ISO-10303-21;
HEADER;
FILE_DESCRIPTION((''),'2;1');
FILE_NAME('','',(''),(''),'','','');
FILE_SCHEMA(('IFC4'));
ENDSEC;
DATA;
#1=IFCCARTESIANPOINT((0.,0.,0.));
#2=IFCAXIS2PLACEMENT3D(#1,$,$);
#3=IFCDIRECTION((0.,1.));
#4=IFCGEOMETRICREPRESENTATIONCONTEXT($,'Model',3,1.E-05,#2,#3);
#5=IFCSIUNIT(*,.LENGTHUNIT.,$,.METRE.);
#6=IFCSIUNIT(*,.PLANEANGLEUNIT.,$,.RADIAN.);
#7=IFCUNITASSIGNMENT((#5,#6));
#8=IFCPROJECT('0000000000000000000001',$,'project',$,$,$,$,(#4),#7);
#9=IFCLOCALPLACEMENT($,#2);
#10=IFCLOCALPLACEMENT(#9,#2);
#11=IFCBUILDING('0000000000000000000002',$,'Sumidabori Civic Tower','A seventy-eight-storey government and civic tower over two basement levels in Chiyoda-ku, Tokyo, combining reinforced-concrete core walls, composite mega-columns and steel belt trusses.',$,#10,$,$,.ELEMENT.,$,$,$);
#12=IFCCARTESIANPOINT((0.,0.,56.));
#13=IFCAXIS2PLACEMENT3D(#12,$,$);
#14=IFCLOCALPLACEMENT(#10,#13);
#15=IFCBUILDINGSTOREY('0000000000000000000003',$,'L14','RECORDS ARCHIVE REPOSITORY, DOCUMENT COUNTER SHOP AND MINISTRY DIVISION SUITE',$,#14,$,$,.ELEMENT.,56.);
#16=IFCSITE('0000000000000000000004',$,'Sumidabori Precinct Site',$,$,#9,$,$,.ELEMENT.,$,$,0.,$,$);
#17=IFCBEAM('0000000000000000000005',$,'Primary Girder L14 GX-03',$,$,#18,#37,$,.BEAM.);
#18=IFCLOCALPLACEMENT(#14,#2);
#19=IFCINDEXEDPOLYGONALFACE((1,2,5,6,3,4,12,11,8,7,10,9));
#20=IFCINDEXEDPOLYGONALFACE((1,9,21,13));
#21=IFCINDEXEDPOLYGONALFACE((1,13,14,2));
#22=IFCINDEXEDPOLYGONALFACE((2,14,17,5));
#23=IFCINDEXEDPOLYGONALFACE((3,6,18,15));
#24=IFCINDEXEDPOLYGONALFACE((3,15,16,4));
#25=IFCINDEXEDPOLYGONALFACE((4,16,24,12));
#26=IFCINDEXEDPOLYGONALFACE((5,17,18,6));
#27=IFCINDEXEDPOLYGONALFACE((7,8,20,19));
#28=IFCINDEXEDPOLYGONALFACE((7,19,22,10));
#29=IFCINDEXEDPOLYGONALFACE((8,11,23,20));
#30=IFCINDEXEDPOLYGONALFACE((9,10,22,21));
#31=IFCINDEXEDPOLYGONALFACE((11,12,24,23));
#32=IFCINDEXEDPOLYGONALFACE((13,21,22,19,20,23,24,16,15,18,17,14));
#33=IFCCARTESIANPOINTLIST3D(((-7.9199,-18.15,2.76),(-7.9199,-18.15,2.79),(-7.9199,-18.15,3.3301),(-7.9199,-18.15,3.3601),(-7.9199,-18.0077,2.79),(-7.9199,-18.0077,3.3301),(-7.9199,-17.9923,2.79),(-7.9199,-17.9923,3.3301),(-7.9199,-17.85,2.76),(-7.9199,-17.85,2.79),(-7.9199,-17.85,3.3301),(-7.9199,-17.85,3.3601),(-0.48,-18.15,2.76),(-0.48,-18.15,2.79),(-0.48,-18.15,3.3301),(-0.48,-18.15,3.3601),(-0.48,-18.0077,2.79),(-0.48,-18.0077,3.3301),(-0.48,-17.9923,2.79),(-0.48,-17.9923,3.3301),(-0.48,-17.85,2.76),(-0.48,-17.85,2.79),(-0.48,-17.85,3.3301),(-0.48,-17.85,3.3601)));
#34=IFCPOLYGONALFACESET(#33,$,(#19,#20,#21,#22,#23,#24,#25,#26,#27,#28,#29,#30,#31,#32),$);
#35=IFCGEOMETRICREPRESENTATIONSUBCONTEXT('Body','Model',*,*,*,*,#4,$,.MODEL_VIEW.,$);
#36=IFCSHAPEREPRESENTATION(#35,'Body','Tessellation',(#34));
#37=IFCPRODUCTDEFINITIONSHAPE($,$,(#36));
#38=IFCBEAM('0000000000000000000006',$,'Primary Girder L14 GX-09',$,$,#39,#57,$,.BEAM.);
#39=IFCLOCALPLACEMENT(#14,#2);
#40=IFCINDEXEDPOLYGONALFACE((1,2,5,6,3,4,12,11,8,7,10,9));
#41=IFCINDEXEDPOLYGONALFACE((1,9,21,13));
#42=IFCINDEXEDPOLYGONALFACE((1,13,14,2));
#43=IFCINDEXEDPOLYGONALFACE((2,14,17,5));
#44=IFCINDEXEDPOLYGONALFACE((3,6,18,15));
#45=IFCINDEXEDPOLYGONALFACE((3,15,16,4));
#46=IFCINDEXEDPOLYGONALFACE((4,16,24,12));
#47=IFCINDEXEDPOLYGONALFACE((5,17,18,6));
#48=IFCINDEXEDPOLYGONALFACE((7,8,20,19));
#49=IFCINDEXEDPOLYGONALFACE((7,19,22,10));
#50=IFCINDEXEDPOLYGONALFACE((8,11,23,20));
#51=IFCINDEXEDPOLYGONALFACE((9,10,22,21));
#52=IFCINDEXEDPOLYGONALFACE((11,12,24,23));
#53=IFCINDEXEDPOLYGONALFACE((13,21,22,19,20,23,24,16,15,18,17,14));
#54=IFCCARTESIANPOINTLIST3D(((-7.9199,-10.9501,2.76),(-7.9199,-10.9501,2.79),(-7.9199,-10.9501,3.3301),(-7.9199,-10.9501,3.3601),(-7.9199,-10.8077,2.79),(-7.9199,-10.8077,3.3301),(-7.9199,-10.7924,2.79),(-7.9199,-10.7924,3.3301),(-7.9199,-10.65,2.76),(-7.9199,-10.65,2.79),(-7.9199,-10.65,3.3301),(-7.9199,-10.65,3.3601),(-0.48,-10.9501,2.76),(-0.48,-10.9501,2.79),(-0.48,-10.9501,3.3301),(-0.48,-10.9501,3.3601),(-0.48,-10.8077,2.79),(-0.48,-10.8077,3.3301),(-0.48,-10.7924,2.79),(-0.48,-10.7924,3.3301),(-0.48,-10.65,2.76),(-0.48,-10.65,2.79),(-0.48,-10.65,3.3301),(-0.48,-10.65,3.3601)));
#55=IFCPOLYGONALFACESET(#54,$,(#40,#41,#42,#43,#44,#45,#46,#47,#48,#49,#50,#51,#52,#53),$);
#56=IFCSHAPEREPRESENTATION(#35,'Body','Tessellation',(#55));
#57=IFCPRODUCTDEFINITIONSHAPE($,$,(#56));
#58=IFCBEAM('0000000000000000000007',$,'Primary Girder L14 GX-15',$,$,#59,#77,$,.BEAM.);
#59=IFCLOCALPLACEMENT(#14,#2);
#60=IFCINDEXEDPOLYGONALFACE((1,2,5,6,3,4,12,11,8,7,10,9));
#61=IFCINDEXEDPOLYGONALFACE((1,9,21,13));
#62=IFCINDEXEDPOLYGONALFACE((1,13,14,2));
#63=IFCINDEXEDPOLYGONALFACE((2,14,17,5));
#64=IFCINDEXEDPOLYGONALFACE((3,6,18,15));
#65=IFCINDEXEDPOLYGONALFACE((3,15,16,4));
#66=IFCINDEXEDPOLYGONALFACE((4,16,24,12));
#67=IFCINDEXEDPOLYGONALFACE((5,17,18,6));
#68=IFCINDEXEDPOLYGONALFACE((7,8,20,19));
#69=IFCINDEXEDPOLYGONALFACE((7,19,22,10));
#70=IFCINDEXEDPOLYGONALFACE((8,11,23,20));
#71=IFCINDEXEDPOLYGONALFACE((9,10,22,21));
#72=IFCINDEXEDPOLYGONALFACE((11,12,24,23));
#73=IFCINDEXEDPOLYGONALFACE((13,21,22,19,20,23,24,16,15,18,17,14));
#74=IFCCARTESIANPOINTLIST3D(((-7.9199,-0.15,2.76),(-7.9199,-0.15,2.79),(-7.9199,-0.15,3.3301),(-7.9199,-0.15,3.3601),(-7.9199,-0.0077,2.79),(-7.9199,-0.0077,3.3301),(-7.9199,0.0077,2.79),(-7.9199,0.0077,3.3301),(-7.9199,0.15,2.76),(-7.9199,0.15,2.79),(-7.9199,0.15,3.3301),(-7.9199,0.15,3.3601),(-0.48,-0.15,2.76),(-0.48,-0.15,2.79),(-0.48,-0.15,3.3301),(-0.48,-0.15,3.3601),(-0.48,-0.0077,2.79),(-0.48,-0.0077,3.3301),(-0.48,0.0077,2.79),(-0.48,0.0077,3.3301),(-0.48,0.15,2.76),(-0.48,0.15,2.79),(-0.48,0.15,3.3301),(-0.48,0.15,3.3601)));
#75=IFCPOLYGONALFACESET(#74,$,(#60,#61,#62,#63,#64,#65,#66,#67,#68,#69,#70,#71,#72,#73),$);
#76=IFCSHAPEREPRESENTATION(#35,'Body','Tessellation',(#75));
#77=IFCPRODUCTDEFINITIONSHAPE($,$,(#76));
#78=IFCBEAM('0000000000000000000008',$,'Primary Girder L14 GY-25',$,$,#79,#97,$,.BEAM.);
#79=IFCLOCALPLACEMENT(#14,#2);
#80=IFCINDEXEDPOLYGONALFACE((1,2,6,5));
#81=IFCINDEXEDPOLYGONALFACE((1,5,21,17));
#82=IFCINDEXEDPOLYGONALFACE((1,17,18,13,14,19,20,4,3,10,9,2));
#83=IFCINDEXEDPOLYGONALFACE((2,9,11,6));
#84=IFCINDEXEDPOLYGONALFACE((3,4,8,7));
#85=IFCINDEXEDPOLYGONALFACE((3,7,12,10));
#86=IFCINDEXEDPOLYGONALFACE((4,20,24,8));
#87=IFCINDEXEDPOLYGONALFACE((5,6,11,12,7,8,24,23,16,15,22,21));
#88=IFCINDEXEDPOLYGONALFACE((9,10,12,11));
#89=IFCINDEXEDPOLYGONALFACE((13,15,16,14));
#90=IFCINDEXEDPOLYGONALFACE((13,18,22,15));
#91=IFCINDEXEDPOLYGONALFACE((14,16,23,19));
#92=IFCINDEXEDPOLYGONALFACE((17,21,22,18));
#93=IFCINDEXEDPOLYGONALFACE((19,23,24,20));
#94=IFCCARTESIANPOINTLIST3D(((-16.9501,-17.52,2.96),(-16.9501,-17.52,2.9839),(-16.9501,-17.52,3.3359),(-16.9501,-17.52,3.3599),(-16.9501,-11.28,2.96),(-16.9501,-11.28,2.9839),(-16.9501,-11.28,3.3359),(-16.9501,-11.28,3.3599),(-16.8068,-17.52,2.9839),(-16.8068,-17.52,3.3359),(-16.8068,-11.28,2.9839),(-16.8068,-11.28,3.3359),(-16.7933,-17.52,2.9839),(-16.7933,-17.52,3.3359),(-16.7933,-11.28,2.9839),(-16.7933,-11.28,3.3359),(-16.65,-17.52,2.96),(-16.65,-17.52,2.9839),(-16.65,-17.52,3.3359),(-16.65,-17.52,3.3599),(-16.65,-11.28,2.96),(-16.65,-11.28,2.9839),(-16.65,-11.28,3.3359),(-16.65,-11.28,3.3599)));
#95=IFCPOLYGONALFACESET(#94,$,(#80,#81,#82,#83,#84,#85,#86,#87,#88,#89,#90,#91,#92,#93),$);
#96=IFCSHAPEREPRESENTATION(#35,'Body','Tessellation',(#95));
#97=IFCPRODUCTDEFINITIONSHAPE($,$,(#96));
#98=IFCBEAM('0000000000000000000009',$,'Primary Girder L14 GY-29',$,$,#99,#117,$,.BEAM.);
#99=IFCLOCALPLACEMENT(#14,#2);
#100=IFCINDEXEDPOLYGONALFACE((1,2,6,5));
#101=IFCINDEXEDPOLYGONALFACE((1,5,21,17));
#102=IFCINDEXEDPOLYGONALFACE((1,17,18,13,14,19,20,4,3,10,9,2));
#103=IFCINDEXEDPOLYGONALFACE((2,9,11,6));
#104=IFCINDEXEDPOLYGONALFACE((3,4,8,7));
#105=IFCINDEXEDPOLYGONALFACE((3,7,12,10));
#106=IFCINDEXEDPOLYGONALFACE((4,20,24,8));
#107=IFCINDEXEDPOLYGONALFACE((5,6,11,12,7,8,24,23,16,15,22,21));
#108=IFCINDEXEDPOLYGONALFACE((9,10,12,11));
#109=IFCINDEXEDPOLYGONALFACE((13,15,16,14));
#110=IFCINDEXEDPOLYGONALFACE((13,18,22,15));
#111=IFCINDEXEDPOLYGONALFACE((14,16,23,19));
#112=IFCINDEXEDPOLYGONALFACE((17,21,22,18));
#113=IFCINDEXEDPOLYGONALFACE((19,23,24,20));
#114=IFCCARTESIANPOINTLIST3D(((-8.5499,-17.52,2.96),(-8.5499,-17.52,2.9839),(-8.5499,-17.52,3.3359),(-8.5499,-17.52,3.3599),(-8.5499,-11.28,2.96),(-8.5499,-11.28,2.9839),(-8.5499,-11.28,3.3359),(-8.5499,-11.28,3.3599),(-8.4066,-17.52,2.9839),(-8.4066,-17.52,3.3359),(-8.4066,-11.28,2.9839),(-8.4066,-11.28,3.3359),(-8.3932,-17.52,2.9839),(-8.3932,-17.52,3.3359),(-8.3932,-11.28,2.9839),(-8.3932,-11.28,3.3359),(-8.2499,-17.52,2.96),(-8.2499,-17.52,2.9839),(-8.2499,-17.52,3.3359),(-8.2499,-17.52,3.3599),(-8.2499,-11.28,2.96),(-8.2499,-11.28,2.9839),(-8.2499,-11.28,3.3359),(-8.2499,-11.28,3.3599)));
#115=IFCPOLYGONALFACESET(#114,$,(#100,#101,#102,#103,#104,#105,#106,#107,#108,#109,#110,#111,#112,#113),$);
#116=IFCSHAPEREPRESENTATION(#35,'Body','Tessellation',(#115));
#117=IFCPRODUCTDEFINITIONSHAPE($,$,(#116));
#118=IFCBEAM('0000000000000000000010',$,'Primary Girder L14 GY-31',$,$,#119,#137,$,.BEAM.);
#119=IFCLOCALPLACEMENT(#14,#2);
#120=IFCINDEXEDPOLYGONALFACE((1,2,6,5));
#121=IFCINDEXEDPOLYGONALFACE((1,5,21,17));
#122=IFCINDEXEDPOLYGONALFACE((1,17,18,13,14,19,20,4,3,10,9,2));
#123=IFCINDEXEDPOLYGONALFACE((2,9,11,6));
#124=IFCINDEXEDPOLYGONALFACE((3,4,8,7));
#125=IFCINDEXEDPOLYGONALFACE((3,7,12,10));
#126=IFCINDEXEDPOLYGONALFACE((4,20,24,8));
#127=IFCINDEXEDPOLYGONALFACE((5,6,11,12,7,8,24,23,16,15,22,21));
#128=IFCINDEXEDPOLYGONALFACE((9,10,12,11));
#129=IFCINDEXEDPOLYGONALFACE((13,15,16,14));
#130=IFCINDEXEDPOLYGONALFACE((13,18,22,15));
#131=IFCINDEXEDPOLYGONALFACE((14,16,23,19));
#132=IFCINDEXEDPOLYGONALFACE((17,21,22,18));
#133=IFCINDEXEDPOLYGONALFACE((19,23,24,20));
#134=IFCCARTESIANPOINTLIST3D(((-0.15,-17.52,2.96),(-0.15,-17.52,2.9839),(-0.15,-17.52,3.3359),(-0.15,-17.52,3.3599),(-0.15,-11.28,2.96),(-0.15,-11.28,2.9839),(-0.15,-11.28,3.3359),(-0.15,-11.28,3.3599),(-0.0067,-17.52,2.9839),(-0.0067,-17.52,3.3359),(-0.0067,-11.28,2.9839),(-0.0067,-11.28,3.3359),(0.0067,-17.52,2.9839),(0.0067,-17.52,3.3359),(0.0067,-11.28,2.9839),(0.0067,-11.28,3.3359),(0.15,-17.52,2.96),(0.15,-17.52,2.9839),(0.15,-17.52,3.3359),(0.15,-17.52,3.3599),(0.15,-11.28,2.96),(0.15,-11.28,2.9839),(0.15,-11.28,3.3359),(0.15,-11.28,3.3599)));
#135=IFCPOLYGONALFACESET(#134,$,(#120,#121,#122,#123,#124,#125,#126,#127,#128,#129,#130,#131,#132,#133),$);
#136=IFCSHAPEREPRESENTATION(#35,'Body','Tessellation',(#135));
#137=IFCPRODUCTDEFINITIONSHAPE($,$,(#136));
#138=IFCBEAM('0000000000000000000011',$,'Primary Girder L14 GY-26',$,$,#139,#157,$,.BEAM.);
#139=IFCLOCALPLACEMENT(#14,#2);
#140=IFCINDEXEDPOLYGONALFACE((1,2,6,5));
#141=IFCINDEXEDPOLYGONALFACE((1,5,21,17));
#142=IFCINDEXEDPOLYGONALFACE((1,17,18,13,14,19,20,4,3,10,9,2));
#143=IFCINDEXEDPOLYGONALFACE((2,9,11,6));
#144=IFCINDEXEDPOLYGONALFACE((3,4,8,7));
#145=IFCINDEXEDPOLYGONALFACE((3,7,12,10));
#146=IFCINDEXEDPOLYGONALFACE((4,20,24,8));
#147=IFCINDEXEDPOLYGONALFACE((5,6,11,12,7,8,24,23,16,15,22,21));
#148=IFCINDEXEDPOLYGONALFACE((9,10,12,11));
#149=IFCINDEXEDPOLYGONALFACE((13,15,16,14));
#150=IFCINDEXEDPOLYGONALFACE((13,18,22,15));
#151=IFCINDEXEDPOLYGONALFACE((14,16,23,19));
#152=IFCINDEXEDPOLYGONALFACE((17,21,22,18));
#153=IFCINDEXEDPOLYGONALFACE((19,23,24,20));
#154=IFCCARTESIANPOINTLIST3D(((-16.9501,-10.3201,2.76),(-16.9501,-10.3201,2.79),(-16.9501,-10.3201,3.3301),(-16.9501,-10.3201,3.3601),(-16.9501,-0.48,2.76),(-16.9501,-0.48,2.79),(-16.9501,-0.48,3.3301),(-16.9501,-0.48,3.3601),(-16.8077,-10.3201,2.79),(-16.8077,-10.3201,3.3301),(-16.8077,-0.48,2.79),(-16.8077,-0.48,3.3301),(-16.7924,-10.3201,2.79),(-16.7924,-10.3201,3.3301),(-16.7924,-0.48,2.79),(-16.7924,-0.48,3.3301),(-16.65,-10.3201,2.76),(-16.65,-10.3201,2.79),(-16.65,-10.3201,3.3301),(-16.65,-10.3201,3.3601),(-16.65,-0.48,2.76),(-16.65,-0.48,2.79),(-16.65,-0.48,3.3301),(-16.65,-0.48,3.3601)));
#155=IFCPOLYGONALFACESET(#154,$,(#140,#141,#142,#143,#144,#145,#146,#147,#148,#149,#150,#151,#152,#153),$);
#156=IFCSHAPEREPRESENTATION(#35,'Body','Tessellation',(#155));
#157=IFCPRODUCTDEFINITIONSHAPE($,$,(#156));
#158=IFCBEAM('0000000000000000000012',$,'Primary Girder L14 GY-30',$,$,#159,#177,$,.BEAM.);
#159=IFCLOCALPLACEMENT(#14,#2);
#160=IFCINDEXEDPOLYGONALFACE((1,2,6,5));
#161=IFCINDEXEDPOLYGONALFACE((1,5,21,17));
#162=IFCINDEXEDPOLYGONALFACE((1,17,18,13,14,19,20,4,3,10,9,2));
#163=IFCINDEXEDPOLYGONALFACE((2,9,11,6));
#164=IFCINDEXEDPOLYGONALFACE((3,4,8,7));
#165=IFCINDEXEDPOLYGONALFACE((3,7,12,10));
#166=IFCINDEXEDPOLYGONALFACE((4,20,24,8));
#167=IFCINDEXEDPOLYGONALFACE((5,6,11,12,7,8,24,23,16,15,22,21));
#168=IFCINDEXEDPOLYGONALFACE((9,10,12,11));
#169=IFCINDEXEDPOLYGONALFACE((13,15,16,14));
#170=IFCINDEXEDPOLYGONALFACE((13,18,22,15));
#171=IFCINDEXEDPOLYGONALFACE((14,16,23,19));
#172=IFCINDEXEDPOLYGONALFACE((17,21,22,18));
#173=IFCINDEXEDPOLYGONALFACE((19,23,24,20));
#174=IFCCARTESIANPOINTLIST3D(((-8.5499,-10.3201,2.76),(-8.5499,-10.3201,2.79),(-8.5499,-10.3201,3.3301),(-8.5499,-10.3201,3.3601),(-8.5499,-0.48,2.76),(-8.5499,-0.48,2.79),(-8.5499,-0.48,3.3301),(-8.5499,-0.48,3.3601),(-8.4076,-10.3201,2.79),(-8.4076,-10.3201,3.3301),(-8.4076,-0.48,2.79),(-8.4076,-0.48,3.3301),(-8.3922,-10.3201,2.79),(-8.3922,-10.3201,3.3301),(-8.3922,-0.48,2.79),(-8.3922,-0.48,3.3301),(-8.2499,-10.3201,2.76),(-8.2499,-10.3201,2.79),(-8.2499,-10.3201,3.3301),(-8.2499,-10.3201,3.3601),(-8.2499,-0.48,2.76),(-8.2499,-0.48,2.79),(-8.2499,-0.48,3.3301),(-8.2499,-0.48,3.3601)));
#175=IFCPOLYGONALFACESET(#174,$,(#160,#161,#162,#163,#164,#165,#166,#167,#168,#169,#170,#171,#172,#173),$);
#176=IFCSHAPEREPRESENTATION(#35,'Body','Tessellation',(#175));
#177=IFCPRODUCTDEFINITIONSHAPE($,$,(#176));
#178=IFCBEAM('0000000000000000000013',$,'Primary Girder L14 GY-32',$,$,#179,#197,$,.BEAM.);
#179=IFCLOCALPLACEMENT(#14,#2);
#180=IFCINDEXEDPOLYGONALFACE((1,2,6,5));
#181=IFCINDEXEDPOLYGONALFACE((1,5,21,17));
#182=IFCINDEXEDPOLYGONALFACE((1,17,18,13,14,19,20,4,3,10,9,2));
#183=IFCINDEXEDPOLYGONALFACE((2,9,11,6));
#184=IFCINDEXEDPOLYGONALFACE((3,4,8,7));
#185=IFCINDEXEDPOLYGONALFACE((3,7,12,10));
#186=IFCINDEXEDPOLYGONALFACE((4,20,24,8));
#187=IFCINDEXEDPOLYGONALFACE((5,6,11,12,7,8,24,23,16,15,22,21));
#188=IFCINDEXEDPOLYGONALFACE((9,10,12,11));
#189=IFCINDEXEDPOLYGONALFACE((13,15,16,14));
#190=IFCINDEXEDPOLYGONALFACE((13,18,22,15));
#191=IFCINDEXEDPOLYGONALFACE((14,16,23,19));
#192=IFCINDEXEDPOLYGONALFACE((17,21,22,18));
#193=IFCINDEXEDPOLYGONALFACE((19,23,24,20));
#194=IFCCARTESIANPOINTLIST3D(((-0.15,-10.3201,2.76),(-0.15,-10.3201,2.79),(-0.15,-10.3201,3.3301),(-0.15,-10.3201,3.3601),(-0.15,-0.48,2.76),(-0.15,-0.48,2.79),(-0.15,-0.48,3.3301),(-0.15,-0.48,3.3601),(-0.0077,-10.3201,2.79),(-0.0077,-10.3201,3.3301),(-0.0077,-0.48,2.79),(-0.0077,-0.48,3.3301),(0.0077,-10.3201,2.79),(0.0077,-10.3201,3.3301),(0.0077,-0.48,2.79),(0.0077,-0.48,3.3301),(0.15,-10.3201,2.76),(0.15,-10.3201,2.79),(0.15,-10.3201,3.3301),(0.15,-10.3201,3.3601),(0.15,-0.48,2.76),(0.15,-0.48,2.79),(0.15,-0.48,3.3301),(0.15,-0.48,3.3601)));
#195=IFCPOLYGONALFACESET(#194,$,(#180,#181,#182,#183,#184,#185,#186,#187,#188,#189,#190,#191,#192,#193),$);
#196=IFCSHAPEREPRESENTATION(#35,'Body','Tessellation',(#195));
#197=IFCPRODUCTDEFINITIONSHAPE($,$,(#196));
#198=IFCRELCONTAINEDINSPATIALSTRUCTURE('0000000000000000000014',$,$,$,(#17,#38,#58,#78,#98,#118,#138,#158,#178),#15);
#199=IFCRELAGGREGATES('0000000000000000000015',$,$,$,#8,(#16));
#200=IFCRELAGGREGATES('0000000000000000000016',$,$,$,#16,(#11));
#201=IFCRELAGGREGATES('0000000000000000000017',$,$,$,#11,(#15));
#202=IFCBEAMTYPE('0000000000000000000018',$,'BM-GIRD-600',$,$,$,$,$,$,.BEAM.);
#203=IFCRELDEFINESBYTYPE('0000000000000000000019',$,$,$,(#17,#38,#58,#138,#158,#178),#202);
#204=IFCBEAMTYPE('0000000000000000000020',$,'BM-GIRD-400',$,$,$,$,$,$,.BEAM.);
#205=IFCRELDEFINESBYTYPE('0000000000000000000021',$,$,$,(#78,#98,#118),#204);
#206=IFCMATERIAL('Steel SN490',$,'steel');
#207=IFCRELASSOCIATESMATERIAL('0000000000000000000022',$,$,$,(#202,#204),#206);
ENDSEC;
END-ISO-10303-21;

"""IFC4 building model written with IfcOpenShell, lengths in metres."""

from ifc_helpers import new_model, si_unit, direction, frame, origin, origin_2d, place, context, subcontext, project, spatial, i_section, extrude, source, transform, mapped, material, material_profile, profile_set, type_object, element, save


model = new_model("IFC4")

# Units and contexts
model_context = context("Model", 3, precision=1e-05, world=origin(), true_north=direction((0.0, 1.0)))
body_context = subcontext(model_context, "Body", "Model", "MODEL_VIEW")
ifc_project = project(units=[si_unit("LENGTHUNIT", "METRE"), si_unit("PLANEANGLEUNIT", "RADIAN")], contexts=[model_context])

# Site, building, storey
site_placement = place(None, origin())
site = spatial("IfcSite", under=ifc_project, at=site_placement, Name="Sumidabori Precinct Site", CompositionType="ELEMENT", RefElevation=0.0)
building_placement = place(site_placement, origin())
building = spatial("IfcBuilding", under=site, at=building_placement, Name="Sumidabori Civic Tower", Description="A seventy-eight-storey government and civic tower over two basement levels in Chiyoda-ku, Tokyo, combining reinforced-concrete core walls, composite mega-columns and steel belt trusses.", CompositionType="ELEMENT")
storey_placement = place(building_placement, frame((0.0, 0.0, 56.0)))
storey = spatial("IfcBuildingStorey", under=building, at=storey_placement, Name="L14", Description="RECORDS ARCHIVE REPOSITORY, DOCUMENT COUNTER SHOP AND MINISTRY DIVISION SUITE", CompositionType="ELEMENT", Elevation=56.0)

# Beams
ifc_material_1 = material(Name="Steel SN490", Category="steel")
ifc_material_profile_1 = material_profile(ifc_material_1, i_section(OverallWidth=0.3, OverallDepth=0.6001, WebThickness=0.0154, FlangeThickness=0.03, at=origin_2d()), Name="HE 600 B")
ifc_profile_set_1 = profile_set([ifc_material_profile_1], Name="Steel SN490")
beam_type_1 = type_object("IfcBeamType", Name="BM-GIRD-600", PredefinedType="BEAM", material=ifc_profile_set_1)
shared_shape_1 = source(origin(), body_context, "Body", "SweptSolid", [
    extrude(i_section(OverallWidth=0.3, OverallDepth=0.6001, WebThickness=0.0154, FlangeThickness=0.03, at=origin_2d()), origin(), (0.0, 0.0, 1.0), 7.4399),
])
for number, where, z_axis, x_axis, name in (
    (1, (-7.9199, -18.0, 3.0601), (1.0, 0.0, 0.0), (0.0, 1.0, 0.0), "Primary Girder L14 GX-03"),
    (2, (-7.9199, -10.8, 3.0601), (1.0, 0.0, 0.0), (0.0, 1.0, 0.0), "Primary Girder L14 GX-09"),
    (3, (-7.9199, 0.0, 3.0601), (1.0, 0.0, 0.0), (0.0, 1.0, 0.0), "Primary Girder L14 GX-15"),
):
    element("IfcBeam", number, at=place(storey_placement, frame(where, z_axis=z_axis, x_axis=x_axis)), inside=storey, type_object=beam_type_1, Name=name, PredefinedType="BEAM", context=body_context, shape_type="MappedRepresentation", body=[
        mapped(shared_shape_1, transform((0.0, 0.0, 0.0), x_axis=(1.0, 0.0, 0.0), y_axis=(0.0, 1.0, 0.0), z_axis=(0.0, 0.0, 1.0), scale=1.0)),
    ])
ifc_material_profile_2 = material_profile(ifc_material_1, i_section(OverallWidth=0.3, OverallDepth=0.3999, WebThickness=0.0134, FlangeThickness=0.0239, at=origin_2d()), Name="HE 400 B")
ifc_profile_set_2 = profile_set([ifc_material_profile_2], Name="Steel SN490")
beam_type_2 = type_object("IfcBeamType", Name="BM-GIRD-400", PredefinedType="BEAM", material=ifc_profile_set_2)
shared_shape_2 = source(origin(), body_context, "Body", "SweptSolid", [
    extrude(i_section(OverallWidth=0.3, OverallDepth=0.3999, WebThickness=0.0134, FlangeThickness=0.0239, at=origin_2d()), origin(), (0.0, 0.0, 1.0), 6.24),
])
for number, where, z_axis, x_axis, name in (
    (4, (-16.8, -17.52, 3.1599), (0.0, 1.0, 0.0), (-1.0, 0.0, 0.0), "Primary Girder L14 GY-25"),
    (5, (-8.3999, -17.52, 3.1599), (0.0, 1.0, 0.0), (-1.0, 0.0, 0.0), "Primary Girder L14 GY-29"),
    (6, (0.0, -17.52, 3.1599), (0.0, 1.0, 0.0), (-1.0, 0.0, 0.0), "Primary Girder L14 GY-31"),
):
    element("IfcBeam", number, at=place(storey_placement, frame(where, z_axis=z_axis, x_axis=x_axis)), inside=storey, type_object=beam_type_2, Name=name, PredefinedType="BEAM", context=body_context, shape_type="MappedRepresentation", body=[
        mapped(shared_shape_2, transform((0.0, 0.0, 0.0), x_axis=(1.0, 0.0, 0.0), y_axis=(0.0, 1.0, 0.0), z_axis=(0.0, 0.0, 1.0), scale=1.0)),
    ])
shared_shape_3 = source(origin(), body_context, "Body", "SweptSolid", [
    extrude(i_section(OverallWidth=0.3, OverallDepth=0.6001, WebThickness=0.0154, FlangeThickness=0.03, at=origin_2d()), origin(), (0.0, 0.0, 1.0), 9.8401),
])
for number, where, z_axis, x_axis, name in (
    (7, (-16.8, -10.3201, 3.0601), (0.0, 1.0, 0.0), (-1.0, 0.0, 0.0), "Primary Girder L14 GY-26"),
    (8, (-8.3999, -10.3201, 3.0601), (0.0, 1.0, 0.0), (-1.0, 0.0, 0.0), "Primary Girder L14 GY-30"),
    (9, (0.0, -10.3201, 3.0601), (0.0, 1.0, 0.0), (-1.0, 0.0, 0.0), "Primary Girder L14 GY-32"),
):
    element("IfcBeam", number, at=place(storey_placement, frame(where, z_axis=z_axis, x_axis=x_axis)), inside=storey, type_object=beam_type_1, Name=name, PredefinedType="BEAM", context=body_context, shape_type="MappedRepresentation", body=[
        mapped(shared_shape_3, transform((0.0, 0.0, 0.0), x_axis=(1.0, 0.0, 0.0), y_axis=(0.0, 1.0, 0.0), z_axis=(0.0, 0.0, 1.0), scale=1.0)),
    ])

save(model, "model.ifc")
